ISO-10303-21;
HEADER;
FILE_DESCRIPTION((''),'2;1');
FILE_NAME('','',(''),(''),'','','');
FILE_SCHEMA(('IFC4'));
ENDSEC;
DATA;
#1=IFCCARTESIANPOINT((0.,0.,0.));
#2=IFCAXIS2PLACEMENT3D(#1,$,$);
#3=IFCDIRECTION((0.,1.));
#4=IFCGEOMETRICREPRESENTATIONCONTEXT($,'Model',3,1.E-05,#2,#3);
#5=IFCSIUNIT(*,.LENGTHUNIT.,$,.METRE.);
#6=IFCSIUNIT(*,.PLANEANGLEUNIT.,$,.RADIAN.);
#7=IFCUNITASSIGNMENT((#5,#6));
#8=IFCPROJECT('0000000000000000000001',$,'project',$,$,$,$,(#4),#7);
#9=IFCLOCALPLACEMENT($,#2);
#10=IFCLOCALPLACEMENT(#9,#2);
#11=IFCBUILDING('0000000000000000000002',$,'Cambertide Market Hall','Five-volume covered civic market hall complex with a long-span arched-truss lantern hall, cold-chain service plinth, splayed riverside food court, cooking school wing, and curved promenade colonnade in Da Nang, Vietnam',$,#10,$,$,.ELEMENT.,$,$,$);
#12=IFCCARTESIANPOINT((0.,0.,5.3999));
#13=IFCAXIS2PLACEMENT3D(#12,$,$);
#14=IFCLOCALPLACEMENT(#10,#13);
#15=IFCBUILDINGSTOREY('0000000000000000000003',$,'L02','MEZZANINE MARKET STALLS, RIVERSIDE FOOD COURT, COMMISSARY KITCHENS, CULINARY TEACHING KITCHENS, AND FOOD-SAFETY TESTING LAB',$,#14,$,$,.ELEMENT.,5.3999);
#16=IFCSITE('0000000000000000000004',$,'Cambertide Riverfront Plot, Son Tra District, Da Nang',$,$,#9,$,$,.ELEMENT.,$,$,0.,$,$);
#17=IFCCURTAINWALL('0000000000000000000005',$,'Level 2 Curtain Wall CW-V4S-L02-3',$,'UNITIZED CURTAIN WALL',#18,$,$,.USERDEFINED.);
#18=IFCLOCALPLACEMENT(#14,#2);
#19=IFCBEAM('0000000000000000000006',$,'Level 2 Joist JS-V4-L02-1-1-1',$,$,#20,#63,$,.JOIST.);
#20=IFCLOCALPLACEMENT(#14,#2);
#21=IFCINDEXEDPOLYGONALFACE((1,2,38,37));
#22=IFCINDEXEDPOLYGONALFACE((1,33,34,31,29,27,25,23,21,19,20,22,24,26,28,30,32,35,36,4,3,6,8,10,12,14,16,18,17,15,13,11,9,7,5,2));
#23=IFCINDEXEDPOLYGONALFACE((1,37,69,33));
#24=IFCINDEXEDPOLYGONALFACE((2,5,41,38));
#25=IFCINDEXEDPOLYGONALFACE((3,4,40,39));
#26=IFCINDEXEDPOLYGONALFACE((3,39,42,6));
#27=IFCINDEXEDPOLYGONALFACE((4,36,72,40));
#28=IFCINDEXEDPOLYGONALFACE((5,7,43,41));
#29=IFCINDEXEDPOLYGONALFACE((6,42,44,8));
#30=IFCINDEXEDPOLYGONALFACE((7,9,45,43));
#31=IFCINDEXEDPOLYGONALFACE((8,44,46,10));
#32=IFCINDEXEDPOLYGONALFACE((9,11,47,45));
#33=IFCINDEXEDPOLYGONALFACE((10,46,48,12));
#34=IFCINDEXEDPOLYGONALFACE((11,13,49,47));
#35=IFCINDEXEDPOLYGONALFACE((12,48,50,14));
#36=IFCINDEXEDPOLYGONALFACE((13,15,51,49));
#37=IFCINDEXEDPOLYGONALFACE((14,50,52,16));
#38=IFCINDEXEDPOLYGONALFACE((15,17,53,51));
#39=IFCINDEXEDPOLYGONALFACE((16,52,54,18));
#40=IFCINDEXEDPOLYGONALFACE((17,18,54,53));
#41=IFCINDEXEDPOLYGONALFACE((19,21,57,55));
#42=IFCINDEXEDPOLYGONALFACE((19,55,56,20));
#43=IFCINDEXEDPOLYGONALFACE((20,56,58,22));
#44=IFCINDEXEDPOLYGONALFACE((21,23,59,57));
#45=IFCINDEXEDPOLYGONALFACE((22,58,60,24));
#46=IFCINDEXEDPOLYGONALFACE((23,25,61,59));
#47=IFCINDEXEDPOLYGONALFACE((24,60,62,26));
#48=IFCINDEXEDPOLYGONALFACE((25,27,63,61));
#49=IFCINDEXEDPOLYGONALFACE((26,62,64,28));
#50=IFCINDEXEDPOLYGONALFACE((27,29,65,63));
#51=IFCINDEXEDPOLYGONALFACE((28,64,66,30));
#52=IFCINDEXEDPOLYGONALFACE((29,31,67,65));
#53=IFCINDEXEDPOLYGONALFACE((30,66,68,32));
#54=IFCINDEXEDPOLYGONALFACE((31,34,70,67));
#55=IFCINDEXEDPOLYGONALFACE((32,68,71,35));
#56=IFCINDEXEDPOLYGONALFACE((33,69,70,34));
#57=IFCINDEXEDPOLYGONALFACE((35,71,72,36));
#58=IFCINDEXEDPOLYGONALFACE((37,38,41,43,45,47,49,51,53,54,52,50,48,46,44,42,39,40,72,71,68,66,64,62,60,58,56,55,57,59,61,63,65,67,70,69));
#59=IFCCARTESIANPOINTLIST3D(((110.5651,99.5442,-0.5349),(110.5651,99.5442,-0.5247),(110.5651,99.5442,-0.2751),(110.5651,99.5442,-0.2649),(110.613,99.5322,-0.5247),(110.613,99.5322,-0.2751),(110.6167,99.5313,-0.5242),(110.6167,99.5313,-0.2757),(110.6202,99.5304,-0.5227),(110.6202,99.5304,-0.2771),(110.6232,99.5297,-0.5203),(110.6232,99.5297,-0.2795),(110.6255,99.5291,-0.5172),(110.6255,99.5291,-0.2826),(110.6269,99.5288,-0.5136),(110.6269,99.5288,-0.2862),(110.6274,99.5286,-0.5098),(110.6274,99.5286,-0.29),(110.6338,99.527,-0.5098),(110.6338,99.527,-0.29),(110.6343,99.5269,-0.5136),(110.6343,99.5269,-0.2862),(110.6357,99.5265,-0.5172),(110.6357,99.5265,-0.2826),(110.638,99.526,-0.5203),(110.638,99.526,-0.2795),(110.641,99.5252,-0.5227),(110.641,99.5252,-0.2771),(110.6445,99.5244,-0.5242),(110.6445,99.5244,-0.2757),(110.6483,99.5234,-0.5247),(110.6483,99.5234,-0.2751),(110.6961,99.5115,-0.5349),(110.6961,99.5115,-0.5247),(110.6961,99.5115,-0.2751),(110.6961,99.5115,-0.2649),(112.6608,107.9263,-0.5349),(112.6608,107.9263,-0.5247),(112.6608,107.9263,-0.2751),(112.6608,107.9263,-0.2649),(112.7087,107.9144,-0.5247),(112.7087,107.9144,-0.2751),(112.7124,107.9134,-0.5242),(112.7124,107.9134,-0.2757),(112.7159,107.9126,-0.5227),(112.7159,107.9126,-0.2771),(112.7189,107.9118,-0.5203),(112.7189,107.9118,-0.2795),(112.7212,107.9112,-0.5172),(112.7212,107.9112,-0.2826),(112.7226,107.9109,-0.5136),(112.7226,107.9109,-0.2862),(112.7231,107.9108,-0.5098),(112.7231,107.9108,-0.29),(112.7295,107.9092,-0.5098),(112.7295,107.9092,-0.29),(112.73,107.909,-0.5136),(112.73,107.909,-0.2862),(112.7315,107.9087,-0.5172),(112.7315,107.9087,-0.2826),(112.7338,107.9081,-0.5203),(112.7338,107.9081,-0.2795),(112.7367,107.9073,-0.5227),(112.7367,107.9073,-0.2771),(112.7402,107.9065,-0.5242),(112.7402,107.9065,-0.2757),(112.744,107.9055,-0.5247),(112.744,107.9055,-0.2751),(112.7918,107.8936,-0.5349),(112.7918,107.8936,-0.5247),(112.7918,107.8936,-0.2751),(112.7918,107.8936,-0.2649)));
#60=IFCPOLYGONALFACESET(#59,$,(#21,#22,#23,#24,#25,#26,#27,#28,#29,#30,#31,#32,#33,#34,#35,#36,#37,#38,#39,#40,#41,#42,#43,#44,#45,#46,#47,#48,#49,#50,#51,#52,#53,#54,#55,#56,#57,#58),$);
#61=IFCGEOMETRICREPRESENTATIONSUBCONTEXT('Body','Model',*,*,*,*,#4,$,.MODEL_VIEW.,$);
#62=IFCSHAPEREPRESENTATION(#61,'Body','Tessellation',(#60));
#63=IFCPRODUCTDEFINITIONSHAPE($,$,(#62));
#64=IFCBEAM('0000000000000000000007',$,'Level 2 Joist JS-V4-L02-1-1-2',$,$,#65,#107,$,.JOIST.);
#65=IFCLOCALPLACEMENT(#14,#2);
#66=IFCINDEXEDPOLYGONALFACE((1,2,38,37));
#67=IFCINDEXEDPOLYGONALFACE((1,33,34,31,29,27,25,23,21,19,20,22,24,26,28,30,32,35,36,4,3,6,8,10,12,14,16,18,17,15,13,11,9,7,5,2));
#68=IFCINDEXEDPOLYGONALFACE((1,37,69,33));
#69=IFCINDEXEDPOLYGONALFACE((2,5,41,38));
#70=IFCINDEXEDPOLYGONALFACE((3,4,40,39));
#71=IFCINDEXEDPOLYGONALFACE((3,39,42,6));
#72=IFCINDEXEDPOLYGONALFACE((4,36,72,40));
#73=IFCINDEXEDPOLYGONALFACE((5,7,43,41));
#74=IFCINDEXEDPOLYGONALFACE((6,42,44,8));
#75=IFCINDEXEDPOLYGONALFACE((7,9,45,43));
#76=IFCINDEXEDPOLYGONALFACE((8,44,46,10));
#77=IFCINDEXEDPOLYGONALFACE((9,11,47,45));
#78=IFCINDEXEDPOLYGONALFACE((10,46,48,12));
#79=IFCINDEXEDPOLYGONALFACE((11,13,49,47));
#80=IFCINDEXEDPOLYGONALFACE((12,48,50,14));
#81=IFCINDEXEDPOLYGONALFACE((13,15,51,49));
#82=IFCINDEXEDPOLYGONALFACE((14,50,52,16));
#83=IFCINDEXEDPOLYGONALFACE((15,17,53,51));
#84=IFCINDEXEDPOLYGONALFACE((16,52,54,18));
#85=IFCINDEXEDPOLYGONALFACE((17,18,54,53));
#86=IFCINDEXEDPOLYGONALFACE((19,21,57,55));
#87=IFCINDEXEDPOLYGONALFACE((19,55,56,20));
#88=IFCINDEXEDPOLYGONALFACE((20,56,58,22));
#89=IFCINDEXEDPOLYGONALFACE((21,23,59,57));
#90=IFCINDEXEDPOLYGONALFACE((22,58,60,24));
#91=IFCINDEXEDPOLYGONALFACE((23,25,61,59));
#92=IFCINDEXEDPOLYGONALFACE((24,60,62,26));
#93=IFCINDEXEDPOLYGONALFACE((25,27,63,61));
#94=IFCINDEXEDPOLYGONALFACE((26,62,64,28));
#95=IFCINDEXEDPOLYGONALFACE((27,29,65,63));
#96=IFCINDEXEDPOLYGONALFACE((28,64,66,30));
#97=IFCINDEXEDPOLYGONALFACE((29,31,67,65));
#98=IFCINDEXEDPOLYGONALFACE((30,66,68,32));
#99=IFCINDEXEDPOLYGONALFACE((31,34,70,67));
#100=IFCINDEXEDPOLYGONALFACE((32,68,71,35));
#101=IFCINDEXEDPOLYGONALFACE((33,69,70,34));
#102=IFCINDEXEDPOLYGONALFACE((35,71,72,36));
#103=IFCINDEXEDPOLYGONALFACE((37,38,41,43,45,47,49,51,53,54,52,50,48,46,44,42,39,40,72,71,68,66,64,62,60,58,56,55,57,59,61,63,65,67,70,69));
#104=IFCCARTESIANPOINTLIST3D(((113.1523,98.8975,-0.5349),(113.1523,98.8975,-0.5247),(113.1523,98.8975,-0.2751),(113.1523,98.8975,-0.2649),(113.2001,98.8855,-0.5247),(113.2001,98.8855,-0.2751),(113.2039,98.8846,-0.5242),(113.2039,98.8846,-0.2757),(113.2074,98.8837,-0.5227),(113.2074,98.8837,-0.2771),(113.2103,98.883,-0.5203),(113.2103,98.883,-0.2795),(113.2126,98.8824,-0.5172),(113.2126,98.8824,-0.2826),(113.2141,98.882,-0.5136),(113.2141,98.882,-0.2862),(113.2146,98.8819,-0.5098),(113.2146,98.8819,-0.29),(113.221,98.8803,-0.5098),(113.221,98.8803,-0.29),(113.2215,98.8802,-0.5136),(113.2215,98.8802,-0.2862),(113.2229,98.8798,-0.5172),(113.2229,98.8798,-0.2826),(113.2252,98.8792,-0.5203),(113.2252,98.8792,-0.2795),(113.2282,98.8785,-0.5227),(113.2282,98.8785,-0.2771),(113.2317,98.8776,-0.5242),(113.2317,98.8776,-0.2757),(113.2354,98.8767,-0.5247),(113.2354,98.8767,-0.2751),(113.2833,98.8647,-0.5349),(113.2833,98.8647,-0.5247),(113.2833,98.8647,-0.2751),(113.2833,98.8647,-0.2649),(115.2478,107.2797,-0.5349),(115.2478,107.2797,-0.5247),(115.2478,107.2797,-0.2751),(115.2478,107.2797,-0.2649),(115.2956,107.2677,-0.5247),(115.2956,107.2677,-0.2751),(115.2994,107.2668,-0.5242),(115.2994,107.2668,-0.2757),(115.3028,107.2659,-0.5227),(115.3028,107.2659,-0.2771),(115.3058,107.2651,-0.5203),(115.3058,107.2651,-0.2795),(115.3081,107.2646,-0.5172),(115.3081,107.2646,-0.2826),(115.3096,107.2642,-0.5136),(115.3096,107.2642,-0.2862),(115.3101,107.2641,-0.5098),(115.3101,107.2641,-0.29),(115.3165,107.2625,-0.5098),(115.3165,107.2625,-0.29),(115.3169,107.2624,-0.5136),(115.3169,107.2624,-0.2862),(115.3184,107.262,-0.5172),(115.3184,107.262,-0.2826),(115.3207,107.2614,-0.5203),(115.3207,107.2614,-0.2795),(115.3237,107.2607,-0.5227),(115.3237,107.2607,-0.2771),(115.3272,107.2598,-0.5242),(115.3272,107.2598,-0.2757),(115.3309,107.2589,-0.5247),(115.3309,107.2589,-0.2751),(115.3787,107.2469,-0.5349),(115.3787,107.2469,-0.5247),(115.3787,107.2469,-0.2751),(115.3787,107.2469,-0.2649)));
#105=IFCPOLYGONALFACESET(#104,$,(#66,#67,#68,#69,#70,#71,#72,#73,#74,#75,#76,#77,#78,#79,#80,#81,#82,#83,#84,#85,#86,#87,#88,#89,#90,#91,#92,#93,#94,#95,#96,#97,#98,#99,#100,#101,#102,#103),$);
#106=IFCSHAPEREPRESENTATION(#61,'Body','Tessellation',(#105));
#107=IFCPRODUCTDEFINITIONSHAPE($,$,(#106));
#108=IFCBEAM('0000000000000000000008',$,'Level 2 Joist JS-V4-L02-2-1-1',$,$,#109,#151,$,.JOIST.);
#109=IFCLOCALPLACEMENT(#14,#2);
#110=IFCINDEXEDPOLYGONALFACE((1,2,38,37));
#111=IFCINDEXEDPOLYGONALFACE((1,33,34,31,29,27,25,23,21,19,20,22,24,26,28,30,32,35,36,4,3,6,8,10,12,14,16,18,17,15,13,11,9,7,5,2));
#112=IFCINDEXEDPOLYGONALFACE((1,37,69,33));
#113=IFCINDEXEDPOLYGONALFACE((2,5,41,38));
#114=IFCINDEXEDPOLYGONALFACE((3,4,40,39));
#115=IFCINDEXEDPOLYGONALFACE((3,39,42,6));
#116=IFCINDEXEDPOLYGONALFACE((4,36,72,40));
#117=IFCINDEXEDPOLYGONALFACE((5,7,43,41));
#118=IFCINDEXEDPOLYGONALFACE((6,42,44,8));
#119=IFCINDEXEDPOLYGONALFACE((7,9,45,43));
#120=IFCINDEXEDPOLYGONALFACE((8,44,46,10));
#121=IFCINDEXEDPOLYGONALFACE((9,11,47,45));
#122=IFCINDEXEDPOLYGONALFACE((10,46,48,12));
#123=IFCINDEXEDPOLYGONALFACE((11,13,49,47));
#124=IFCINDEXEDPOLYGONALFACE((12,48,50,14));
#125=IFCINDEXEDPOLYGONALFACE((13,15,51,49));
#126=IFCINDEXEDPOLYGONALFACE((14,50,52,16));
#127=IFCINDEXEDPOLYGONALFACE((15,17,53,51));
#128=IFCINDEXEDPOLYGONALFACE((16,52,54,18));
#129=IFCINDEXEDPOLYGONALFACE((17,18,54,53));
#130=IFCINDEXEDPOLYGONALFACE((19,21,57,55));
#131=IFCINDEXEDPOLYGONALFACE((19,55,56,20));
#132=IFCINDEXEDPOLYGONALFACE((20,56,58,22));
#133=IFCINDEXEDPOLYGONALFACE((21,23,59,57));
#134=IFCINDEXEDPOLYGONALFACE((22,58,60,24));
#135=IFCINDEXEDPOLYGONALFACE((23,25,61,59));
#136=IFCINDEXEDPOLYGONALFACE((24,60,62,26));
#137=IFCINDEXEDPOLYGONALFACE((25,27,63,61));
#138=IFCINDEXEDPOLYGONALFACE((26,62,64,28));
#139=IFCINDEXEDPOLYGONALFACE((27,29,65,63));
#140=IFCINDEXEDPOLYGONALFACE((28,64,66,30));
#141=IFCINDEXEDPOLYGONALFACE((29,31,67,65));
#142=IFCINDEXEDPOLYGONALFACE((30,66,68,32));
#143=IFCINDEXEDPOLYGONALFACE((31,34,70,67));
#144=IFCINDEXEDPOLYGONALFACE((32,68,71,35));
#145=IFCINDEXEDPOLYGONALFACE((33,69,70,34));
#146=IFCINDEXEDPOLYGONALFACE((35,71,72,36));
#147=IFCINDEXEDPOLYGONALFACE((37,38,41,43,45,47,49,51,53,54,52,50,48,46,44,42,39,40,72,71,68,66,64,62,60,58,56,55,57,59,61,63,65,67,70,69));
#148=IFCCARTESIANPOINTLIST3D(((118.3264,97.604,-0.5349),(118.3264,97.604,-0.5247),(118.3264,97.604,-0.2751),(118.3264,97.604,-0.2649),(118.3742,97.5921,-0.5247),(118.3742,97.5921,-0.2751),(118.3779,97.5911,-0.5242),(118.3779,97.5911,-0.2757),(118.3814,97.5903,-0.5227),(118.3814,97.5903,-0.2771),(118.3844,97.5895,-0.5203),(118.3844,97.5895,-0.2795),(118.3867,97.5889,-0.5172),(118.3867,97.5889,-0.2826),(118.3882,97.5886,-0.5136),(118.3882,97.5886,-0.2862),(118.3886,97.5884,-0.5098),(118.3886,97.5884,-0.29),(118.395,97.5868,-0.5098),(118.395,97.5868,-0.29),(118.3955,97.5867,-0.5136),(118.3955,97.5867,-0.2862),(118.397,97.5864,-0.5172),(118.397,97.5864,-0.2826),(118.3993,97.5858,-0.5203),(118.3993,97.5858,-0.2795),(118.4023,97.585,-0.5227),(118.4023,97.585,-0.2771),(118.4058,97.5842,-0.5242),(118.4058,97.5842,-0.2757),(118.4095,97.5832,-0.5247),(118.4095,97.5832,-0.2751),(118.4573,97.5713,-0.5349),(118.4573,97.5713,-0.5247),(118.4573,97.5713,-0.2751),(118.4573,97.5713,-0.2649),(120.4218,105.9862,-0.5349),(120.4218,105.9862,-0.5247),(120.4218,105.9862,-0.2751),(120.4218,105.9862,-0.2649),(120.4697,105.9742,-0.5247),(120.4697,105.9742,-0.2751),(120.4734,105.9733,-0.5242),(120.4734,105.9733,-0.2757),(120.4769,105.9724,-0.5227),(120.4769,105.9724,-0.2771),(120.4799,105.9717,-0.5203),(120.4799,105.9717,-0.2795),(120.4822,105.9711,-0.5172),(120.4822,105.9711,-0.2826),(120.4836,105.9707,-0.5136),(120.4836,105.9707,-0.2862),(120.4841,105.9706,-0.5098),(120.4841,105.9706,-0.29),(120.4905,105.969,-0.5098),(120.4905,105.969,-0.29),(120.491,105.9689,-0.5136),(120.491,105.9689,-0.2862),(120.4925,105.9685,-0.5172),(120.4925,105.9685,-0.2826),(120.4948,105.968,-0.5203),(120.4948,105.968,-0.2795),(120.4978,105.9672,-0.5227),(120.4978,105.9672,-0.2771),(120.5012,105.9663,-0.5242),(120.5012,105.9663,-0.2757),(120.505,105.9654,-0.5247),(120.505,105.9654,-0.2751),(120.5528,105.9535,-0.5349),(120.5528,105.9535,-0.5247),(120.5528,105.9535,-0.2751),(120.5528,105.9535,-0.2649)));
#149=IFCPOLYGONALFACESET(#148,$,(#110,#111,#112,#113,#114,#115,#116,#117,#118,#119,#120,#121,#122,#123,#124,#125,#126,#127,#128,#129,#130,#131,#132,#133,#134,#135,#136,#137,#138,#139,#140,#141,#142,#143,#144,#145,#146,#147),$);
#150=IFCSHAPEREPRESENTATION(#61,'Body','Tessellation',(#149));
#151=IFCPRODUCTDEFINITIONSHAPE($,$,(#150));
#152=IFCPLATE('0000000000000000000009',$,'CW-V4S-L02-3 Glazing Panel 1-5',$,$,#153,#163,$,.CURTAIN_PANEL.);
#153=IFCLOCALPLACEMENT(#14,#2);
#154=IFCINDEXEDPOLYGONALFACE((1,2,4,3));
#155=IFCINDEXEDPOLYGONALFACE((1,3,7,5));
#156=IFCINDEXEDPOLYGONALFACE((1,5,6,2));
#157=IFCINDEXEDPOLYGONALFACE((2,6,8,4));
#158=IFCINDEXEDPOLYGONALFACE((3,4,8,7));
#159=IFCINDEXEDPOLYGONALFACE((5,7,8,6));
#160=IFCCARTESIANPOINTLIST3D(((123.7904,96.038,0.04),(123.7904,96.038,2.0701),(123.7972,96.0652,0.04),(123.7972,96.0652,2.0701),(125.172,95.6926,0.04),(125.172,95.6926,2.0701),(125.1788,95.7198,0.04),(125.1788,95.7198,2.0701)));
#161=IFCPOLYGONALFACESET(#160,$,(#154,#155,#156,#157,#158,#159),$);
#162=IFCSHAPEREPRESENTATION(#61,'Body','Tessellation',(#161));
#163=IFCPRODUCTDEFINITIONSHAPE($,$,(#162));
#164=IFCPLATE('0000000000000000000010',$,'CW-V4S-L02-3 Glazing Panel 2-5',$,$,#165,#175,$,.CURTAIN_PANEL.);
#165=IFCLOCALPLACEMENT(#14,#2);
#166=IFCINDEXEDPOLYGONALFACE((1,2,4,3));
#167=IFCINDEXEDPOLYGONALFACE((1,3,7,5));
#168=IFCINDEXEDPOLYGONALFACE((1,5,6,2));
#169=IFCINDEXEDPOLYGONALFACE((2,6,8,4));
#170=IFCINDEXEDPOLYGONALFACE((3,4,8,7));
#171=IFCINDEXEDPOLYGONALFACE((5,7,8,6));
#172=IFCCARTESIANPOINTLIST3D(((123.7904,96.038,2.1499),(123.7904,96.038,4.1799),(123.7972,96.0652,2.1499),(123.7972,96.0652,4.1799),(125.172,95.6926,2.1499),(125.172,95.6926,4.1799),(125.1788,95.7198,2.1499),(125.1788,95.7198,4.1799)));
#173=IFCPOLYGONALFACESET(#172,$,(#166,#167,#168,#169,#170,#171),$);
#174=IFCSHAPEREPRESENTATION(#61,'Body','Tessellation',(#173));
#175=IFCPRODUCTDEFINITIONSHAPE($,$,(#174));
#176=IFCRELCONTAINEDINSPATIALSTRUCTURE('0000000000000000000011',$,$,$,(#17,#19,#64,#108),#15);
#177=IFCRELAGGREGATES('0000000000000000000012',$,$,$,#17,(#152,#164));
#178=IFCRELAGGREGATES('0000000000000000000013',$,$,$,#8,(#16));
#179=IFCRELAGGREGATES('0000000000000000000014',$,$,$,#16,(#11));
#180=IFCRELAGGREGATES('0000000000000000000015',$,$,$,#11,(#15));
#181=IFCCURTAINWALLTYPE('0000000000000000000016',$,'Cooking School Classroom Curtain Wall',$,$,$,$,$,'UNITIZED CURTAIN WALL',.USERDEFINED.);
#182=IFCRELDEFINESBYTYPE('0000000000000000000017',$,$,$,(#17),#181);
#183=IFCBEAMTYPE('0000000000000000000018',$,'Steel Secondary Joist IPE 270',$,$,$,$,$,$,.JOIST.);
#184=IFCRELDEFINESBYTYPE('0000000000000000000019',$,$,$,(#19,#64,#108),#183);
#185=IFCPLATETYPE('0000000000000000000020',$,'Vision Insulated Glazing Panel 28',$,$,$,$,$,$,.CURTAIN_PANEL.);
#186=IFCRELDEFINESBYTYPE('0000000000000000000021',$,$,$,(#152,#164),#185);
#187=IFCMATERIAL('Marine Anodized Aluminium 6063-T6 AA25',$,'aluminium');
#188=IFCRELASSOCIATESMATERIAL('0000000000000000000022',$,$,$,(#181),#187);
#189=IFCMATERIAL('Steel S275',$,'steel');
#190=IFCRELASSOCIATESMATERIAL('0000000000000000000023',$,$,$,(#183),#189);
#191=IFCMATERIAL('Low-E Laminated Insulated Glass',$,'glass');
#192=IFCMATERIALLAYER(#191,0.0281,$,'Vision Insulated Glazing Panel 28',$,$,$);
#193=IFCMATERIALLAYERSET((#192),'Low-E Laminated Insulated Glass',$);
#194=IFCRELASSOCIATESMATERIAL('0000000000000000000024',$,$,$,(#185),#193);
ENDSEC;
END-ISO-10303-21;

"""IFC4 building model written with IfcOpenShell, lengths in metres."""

from ifc_helpers import new_model, si_unit, direction, frame, origin, origin_2d, place, context, subcontext, project, spatial, rectangle, i_section, extrude, material, layer, layer_set, material_profile, profile_set, type_object, element, aggregate, save


model = new_model("IFC4")

# Units and contexts
model_context = context("Model", 3, precision=1e-05, world=origin(), true_north=direction((0.0, 1.0)))
body_context = subcontext(model_context, "Body", "Model", "MODEL_VIEW")
ifc_project = project(units=[si_unit("LENGTHUNIT", "METRE"), si_unit("PLANEANGLEUNIT", "RADIAN")], contexts=[model_context])

# Site, building, storey
site_placement = place(None, origin())
site = spatial("IfcSite", under=ifc_project, at=site_placement, Name="Cambertide Riverfront Plot, Son Tra District, Da Nang", CompositionType="ELEMENT", RefElevation=0.0)
building_placement = place(site_placement, origin())
building = spatial("IfcBuilding", under=site, at=building_placement, Name="Cambertide Market Hall", Description="Five-volume covered civic market hall complex with a long-span arched-truss lantern hall, cold-chain service plinth, splayed riverside food court, cooking school wing, and curved promenade colonnade in Da Nang, Vietnam", CompositionType="ELEMENT")
storey_placement = place(building_placement, frame((0.0, 0.0, 5.3999)))
storey = spatial("IfcBuildingStorey", under=building, at=storey_placement, Name="L02", Description="MEZZANINE MARKET STALLS, RIVERSIDE FOOD COURT, COMMISSARY KITCHENS, CULINARY TEACHING KITCHENS, AND FOOD-SAFETY TESTING LAB", CompositionType="ELEMENT", Elevation=5.3999)

# Curtain wall
ifc_material_1 = material(Name="Marine Anodized Aluminium 6063-T6 AA25", Category="aluminium")
curtain_wall_type_1 = type_object("IfcCurtainWallType", Name="Cooking School Classroom Curtain Wall", ElementType="UNITIZED CURTAIN WALL", PredefinedType="USERDEFINED", material=ifc_material_1)
curtain_wall_1_placement = place(storey_placement, origin())
curtain_wall_1 = element("IfcCurtainWall", 1, at=curtain_wall_1_placement, inside=storey, type_object=curtain_wall_type_1, Name="Level 2 Curtain Wall CW-V4S-L02-3", ObjectType="UNITIZED CURTAIN WALL", PredefinedType="USERDEFINED")

# Beams
ifc_material_2 = material(Name="Steel S275", Category="steel")
ifc_material_profile_1 = material_profile(ifc_material_2, i_section(OverallWidth=0.135, OverallDepth=0.27, WebThickness=0.0066, FlangeThickness=0.0103, FilletRadius=0.0149, at=origin_2d()), Name="IPE 270")
ifc_profile_set_1 = profile_set([ifc_material_profile_1], Name="Steel S275")
beam_type_1 = type_object("IfcBeamType", Name="Steel Secondary Joist IPE 270", PredefinedType="JOIST", material=ifc_profile_set_1)
for number, where, z_axis, x_axis, name in (
    (2, (110.6306, 99.5278, -0.3999), (0.242556, 0.970138, 0.0), (-0.970138, 0.242556, 0.0), "Level 2 Joist JS-V4-L02-1-1-1"),
    (3, (113.2178, 98.8811, -0.3999), (0.242529, 0.970144, 0.0), (-0.970144, 0.242529, 0.0), "Level 2 Joist JS-V4-L02-1-1-2"),
    (4, (118.3918, 97.5876, -0.3999), (0.242529, 0.970144, 0.0), (-0.970144, 0.242529, 0.0), "Level 2 Joist JS-V4-L02-2-1-1"),
):
    element("IfcBeam", number, at=place(storey_placement, frame(where, z_axis=z_axis, x_axis=x_axis)), inside=storey, type_object=beam_type_1, Name=name, PredefinedType="JOIST", context=body_context, shape_type="SweptSolid", body=[
        extrude(i_section(OverallWidth=0.135, OverallDepth=0.27, WebThickness=0.0066, FlangeThickness=0.0103, FilletRadius=0.0149, at=origin_2d()), origin(), (0.0, 0.0, 1.0), 8.6401),
    ])

# Plates
ifc_material_3 = material(Name="Low-E Laminated Insulated Glass", Category="glass")
ifc_layer_1 = layer(ifc_material_3, 0.0281, Name="Vision Insulated Glazing Panel 28")
ifc_layer_set_1 = layer_set([ifc_layer_1], Name="Low-E Laminated Insulated Glass")
plate_type = type_object("IfcPlateType", Name="Vision Insulated Glazing Panel 28", PredefinedType="CURTAIN_PANEL", material=ifc_layer_set_1)
plate_1_placement = place(storey_placement, frame((124.4846, 95.8789, 0.04), z_axis=(0.0, 0.0, 1.0), x_axis=(-0.970143, 0.242535, 0.0)))
plate_1 = element("IfcPlate", 5, at=plate_1_placement, type_object=plate_type, Name="CW-V4S-L02-3 Glazing Panel 1-5", PredefinedType="CURTAIN_PANEL", context=body_context, shape_type="SweptSolid", body=[
    extrude(rectangle(XDim=1.4241, YDim=0.0281, at=origin_2d()), origin(), (0.0, 0.0, 1.0), 2.03),
])
plate_2_placement = place(storey_placement, frame((124.4846, 95.8789, 2.1499), z_axis=(0.0, 0.0, 1.0), x_axis=(-0.970143, 0.242535, 0.0)))
plate_2 = element("IfcPlate", 6, at=plate_2_placement, type_object=plate_type, Name="CW-V4S-L02-3 Glazing Panel 2-5", PredefinedType="CURTAIN_PANEL", context=body_context, shape_type="SweptSolid", body=[
    extrude(rectangle(XDim=1.4241, YDim=0.0281, at=origin_2d()), origin(), (0.0, 0.0, 1.0), 2.03),
])
aggregate(curtain_wall_1, [plate_1, plate_2])

save(model, "model.ifc")
